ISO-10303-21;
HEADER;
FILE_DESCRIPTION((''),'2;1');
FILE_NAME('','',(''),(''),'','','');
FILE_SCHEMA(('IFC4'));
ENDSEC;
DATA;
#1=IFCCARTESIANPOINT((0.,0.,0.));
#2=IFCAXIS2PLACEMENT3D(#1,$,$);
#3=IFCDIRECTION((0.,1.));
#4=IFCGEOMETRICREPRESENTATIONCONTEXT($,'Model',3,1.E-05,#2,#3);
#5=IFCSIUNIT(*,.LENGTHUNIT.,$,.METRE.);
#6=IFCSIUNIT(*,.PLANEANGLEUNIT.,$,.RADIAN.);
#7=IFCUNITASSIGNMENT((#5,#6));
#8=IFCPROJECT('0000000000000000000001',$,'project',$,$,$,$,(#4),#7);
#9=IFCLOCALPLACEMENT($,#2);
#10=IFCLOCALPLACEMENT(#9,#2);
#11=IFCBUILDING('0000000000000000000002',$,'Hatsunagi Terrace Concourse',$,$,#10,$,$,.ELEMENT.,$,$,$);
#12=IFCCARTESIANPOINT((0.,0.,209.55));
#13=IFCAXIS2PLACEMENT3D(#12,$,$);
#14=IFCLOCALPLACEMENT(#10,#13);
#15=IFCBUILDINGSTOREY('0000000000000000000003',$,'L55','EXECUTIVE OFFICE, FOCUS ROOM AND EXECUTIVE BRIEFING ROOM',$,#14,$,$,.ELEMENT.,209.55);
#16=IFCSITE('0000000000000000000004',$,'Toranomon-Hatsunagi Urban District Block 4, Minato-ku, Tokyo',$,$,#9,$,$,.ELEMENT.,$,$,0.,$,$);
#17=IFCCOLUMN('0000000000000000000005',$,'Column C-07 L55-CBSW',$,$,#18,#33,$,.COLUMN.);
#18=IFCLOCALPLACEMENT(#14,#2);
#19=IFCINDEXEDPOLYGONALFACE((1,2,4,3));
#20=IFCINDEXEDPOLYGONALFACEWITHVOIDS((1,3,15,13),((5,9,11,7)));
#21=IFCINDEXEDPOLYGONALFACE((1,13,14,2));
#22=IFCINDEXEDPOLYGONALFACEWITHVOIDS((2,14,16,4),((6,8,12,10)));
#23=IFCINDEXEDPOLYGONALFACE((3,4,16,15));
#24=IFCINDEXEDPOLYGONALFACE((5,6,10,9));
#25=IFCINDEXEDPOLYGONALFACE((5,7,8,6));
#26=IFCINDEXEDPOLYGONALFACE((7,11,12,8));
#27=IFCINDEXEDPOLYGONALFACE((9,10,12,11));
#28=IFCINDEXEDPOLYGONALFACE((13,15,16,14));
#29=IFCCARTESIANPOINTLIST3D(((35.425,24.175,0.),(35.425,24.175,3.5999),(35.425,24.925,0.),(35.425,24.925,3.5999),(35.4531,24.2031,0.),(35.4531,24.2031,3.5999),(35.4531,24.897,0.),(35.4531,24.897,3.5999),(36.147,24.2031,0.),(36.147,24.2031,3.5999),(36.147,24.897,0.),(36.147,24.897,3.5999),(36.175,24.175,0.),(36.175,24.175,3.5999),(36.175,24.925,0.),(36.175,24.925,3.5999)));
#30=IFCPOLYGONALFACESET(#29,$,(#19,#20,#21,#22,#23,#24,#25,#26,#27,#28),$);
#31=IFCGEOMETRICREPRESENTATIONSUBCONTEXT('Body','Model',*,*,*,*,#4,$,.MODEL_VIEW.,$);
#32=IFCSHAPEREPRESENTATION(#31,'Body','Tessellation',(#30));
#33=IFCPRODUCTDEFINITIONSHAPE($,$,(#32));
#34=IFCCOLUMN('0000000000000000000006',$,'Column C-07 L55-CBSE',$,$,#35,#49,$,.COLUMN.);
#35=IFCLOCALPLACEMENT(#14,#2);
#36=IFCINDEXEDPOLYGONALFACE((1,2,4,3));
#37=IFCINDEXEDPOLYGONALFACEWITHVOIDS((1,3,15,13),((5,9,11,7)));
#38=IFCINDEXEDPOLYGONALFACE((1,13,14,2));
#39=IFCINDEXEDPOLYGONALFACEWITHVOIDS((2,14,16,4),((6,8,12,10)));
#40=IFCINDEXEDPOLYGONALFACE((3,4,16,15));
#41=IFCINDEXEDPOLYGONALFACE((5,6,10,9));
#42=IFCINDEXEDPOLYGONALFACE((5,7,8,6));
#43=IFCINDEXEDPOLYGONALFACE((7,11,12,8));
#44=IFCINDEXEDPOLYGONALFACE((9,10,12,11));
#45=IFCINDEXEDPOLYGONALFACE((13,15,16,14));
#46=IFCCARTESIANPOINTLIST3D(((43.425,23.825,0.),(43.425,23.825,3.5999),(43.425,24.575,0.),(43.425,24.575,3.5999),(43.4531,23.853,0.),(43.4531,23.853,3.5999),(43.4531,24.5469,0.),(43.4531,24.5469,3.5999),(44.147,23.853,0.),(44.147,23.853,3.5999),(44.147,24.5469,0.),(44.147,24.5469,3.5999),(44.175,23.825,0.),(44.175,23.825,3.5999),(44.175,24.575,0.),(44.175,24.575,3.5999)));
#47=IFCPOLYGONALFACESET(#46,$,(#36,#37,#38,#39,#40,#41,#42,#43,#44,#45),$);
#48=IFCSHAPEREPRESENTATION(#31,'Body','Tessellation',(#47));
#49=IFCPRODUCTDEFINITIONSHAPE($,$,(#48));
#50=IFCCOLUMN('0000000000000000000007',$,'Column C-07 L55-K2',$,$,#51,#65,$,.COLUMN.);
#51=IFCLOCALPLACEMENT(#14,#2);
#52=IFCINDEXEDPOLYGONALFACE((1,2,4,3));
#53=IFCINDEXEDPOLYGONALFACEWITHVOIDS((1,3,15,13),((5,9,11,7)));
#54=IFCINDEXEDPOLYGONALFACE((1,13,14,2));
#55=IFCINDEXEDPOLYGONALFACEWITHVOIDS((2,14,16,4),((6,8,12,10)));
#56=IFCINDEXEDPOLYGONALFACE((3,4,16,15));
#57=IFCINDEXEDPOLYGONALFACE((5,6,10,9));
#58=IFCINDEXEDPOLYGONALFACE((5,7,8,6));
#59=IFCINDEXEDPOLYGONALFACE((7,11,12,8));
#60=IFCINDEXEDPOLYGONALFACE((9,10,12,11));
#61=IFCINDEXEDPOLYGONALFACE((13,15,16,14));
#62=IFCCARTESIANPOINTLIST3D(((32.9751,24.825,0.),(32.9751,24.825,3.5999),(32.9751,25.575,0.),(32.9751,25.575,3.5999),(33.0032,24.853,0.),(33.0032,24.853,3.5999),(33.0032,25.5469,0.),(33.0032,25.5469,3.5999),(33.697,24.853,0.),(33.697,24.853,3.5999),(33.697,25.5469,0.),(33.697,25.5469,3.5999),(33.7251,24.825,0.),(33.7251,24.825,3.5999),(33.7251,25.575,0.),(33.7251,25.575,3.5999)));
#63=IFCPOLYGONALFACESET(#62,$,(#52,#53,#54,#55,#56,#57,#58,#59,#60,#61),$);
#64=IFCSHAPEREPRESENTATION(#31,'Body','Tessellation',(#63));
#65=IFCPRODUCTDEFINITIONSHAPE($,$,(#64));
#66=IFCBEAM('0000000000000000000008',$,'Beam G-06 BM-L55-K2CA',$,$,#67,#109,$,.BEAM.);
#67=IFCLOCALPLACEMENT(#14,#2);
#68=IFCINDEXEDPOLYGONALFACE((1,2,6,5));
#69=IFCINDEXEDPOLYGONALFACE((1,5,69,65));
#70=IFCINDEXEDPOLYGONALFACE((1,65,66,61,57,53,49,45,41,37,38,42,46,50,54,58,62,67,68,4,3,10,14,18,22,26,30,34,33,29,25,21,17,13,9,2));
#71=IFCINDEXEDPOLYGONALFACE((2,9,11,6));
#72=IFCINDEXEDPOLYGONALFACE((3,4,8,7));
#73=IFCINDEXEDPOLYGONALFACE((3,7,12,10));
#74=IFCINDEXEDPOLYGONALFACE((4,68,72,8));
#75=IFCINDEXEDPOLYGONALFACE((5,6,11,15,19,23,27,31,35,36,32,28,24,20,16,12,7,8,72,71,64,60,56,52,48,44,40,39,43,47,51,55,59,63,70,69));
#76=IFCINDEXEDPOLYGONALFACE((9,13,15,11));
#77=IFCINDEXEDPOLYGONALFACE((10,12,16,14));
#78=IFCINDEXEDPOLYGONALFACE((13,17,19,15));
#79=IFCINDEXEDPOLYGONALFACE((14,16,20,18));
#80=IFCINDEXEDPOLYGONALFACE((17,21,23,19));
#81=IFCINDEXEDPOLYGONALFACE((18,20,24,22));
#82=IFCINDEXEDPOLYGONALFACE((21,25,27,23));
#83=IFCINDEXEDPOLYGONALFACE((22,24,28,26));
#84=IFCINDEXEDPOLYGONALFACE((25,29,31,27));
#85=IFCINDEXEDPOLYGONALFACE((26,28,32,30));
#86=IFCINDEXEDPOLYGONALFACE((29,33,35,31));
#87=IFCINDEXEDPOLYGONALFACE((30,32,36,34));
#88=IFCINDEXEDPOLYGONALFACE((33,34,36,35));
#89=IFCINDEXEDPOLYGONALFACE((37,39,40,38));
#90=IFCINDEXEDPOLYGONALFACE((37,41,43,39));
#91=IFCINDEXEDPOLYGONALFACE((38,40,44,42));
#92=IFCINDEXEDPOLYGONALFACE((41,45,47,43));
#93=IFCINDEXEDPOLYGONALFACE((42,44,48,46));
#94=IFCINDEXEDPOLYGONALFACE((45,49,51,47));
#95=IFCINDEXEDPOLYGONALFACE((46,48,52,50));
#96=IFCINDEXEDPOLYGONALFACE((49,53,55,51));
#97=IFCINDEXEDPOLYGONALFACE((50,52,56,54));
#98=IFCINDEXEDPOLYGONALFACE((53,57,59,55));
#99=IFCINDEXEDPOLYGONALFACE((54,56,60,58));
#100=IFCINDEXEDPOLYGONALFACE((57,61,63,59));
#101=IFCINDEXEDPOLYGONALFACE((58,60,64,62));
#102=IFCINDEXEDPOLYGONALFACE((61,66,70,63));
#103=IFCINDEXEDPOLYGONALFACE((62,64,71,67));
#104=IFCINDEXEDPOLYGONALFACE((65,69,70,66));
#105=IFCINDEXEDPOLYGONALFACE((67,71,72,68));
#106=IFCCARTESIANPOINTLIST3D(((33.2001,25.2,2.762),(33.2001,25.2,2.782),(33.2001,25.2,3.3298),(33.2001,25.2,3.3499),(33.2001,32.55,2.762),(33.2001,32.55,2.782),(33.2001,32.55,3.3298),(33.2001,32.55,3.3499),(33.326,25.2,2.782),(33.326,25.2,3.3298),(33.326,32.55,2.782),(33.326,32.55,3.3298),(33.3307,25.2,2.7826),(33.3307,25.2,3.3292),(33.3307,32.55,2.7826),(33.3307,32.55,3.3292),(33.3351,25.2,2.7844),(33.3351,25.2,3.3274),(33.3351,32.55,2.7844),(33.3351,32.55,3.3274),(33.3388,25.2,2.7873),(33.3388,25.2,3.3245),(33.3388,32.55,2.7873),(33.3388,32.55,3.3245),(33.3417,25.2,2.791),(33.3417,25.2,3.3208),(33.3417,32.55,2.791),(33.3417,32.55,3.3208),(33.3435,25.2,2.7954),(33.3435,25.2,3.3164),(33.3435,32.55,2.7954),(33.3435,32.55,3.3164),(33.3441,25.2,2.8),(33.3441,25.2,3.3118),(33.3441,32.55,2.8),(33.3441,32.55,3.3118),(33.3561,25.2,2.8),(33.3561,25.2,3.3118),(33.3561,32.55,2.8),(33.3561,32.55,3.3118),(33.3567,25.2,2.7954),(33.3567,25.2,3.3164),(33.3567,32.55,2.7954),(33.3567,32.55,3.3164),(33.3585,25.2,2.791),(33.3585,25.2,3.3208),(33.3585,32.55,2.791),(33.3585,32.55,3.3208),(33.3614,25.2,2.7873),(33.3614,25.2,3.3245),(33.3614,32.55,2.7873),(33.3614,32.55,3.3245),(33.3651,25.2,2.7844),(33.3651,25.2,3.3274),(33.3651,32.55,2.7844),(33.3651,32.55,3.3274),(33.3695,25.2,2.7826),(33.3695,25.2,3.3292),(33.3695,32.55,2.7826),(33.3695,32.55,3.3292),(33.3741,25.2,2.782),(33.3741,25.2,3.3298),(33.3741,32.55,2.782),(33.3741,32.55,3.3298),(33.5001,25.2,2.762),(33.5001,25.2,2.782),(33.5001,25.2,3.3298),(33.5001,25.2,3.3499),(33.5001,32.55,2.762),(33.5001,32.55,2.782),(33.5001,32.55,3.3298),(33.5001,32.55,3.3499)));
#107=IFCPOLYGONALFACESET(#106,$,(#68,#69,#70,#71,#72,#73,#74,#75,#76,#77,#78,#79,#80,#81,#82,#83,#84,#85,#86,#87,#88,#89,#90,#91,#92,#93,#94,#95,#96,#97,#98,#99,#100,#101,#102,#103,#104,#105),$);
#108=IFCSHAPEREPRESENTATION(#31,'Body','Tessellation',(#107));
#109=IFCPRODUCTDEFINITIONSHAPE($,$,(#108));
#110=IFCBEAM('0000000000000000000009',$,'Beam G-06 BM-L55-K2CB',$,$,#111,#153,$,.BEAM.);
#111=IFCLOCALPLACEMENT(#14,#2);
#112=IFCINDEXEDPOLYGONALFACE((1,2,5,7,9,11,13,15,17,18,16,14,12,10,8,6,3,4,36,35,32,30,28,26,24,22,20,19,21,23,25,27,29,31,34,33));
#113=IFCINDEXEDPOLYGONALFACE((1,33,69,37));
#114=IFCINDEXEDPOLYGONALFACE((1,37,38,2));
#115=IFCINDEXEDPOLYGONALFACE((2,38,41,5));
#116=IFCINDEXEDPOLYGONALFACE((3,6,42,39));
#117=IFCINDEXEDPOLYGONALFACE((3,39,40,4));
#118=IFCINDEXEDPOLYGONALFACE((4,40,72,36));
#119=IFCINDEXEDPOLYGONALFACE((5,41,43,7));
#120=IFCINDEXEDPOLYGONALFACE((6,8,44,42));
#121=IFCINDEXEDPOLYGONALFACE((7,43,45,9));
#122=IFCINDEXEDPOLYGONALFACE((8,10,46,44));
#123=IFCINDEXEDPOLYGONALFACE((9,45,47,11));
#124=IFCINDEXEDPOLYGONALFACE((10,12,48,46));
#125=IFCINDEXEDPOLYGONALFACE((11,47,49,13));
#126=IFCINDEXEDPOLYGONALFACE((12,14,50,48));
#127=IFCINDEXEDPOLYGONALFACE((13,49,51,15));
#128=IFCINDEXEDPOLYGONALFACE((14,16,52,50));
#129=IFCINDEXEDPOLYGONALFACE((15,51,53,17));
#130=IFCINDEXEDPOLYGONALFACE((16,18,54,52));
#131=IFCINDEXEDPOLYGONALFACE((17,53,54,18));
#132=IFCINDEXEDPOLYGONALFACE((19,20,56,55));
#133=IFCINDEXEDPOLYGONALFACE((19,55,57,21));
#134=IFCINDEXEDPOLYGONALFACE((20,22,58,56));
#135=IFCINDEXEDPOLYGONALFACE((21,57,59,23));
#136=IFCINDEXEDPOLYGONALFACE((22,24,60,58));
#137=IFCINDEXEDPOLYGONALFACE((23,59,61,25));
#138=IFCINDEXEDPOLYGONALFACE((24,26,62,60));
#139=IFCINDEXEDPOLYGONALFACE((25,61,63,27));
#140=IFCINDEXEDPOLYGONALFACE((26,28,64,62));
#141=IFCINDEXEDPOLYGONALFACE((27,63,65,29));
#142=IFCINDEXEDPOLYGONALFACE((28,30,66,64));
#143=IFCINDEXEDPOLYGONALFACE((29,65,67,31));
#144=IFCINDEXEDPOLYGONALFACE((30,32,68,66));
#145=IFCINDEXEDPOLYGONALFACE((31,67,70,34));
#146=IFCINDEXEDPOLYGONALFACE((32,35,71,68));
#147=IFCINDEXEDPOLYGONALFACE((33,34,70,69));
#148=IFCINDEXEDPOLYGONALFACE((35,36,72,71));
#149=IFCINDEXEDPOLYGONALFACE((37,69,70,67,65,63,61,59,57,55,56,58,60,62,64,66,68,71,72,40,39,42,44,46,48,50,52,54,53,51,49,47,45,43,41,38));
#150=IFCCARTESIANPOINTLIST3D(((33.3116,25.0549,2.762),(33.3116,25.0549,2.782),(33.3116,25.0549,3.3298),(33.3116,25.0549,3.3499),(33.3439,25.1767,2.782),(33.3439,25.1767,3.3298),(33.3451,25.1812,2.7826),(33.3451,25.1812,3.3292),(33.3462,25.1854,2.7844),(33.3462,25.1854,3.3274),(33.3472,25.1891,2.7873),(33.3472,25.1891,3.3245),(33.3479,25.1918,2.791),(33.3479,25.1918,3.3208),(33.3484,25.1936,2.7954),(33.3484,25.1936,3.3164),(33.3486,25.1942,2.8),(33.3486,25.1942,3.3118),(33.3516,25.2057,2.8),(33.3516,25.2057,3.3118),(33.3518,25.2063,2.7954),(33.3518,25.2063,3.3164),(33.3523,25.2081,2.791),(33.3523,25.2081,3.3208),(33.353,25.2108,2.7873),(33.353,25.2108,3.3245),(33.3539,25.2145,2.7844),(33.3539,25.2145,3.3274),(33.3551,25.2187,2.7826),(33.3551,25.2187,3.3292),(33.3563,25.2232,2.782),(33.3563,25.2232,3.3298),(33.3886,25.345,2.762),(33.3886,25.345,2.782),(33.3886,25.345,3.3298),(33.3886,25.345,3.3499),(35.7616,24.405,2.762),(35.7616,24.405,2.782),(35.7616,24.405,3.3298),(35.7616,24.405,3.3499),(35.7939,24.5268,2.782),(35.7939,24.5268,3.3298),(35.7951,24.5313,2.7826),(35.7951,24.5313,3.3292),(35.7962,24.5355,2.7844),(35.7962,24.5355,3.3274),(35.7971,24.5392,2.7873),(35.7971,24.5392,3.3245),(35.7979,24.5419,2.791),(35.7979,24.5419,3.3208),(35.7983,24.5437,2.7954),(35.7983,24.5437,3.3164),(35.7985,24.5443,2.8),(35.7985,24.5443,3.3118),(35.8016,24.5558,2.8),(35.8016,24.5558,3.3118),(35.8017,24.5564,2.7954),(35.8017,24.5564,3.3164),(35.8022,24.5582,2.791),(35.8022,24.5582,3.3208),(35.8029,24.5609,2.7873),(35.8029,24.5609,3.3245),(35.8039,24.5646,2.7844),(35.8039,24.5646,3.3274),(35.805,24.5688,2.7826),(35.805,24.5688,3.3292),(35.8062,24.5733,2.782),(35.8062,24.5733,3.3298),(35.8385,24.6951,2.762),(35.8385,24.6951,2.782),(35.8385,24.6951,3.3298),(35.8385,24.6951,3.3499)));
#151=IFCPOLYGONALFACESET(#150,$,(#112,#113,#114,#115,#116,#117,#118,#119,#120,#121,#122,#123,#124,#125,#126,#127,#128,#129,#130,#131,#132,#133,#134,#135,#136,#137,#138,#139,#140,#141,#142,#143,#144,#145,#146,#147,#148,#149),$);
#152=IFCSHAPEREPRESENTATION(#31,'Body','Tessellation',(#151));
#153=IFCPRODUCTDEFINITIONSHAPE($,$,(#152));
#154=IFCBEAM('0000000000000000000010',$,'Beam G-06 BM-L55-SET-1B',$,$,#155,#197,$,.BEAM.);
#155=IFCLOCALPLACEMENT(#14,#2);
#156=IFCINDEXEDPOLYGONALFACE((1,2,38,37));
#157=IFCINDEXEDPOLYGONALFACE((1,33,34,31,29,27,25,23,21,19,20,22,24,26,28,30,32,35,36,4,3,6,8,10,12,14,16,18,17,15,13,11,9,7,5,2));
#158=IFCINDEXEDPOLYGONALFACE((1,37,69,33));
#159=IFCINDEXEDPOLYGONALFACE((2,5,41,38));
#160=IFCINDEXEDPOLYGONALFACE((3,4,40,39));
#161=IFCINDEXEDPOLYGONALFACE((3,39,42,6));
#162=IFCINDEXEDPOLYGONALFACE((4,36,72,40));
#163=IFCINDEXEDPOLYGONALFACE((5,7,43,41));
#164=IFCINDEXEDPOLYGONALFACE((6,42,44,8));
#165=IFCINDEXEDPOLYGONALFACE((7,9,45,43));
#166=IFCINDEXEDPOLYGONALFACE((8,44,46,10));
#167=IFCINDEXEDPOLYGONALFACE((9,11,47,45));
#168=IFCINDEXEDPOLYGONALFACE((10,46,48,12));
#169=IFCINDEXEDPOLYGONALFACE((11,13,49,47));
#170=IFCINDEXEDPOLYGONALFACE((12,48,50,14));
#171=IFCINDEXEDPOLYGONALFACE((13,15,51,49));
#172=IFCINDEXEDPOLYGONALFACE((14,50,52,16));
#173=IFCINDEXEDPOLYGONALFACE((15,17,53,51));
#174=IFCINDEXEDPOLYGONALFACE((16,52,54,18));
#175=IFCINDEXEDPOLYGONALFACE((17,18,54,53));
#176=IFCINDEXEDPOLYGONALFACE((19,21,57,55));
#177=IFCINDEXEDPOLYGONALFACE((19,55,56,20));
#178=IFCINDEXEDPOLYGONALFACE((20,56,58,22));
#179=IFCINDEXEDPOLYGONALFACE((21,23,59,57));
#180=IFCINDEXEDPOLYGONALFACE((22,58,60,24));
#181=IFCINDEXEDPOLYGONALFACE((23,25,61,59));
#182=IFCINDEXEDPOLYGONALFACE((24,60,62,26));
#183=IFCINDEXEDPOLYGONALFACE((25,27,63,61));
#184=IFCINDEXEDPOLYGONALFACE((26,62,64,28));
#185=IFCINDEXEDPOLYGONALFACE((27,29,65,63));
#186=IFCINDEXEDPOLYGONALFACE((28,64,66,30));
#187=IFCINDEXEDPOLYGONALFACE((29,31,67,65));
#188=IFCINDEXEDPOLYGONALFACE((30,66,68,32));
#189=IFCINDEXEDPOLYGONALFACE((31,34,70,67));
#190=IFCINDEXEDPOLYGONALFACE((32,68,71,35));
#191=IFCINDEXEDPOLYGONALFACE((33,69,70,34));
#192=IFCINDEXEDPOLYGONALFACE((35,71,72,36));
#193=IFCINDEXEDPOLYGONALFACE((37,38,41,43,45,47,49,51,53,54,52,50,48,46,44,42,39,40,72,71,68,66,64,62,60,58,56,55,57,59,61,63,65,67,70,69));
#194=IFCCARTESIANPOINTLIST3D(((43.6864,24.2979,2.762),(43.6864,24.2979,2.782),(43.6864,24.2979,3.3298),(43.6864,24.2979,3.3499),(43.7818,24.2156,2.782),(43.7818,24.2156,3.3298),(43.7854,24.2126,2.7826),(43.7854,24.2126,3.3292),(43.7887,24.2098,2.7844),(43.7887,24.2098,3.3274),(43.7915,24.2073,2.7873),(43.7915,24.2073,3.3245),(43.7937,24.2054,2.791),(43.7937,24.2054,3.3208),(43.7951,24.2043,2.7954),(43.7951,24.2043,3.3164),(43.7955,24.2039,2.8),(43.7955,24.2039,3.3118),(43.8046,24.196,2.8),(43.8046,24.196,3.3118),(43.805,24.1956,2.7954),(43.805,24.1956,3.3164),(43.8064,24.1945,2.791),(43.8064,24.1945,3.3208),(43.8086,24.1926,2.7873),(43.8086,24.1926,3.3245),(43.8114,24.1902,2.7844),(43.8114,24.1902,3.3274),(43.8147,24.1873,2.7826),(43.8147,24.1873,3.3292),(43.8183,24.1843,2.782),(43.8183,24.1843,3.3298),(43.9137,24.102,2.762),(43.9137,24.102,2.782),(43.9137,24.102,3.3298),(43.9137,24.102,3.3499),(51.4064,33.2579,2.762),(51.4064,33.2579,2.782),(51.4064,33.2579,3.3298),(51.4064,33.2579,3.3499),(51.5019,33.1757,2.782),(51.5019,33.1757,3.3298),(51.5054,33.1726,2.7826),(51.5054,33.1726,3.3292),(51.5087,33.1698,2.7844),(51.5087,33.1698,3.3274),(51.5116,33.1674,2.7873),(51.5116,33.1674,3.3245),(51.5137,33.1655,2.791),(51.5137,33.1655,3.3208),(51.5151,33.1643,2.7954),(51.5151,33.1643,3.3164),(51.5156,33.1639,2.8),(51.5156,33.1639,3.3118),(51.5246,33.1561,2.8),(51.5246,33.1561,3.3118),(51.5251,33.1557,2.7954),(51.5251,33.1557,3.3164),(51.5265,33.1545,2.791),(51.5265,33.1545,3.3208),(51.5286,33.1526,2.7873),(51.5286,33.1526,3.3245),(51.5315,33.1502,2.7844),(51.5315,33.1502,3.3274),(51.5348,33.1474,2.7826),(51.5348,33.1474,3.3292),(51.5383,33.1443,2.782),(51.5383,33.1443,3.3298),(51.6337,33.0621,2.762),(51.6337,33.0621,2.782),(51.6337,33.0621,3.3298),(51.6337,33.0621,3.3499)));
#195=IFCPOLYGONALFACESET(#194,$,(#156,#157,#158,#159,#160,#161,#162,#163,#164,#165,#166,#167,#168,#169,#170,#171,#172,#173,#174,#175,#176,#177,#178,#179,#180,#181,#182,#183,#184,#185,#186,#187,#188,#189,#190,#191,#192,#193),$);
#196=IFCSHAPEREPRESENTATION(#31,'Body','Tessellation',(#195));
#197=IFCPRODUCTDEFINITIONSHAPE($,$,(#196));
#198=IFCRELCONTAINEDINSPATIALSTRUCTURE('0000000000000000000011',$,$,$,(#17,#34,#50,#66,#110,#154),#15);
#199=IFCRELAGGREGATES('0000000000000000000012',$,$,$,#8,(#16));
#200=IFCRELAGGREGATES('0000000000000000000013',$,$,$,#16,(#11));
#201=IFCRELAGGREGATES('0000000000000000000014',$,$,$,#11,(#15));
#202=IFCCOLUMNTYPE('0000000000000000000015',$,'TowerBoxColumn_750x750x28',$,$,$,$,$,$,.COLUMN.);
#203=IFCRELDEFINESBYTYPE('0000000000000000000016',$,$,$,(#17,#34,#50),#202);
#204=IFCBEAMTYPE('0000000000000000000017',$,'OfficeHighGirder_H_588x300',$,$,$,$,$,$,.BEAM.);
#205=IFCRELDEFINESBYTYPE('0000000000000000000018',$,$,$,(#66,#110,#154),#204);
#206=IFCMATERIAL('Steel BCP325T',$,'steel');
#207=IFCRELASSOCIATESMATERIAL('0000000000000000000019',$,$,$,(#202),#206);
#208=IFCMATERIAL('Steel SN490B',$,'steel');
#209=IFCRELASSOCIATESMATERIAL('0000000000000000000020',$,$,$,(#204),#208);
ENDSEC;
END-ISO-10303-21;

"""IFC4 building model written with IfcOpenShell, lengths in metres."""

from ifc_helpers import new_model, si_unit, direction, frame, origin, origin_2d, place, context, subcontext, project, spatial, hollow_rectangle, i_section, extrude, material, material_profile, profile_set, type_object, element, save


model = new_model("IFC4")

# Units and contexts
model_context = context("Model", 3, precision=1e-05, world=origin(), true_north=direction((0.0, 1.0)))
body_context = subcontext(model_context, "Body", "Model", "MODEL_VIEW")
ifc_project = project(units=[si_unit("LENGTHUNIT", "METRE"), si_unit("PLANEANGLEUNIT", "RADIAN")], contexts=[model_context])

# Site, building, storey
site_placement = place(None, origin())
site = spatial("IfcSite", under=ifc_project, at=site_placement, Name="Toranomon-Hatsunagi Urban District Block 4, Minato-ku, Tokyo", CompositionType="ELEMENT", RefElevation=0.0)
building_placement = place(site_placement, origin())
building = spatial("IfcBuilding", under=site, at=building_placement, Name="Hatsunagi Terrace Concourse", CompositionType="ELEMENT")
storey_placement = place(building_placement, frame((0.0, 0.0, 209.55)))
storey = spatial("IfcBuildingStorey", under=building, at=storey_placement, Name="L55", Description="EXECUTIVE OFFICE, FOCUS ROOM AND EXECUTIVE BRIEFING ROOM", CompositionType="ELEMENT", Elevation=209.55)

# Columns
ifc_material_1 = material(Name="Steel BCP325T", Category="steel")
ifc_material_profile_1 = material_profile(ifc_material_1, hollow_rectangle(XDim=0.75, YDim=0.75, WallThickness=0.0281, at=origin_2d()), Name="BCP-750x750x28")
ifc_profile_set_1 = profile_set([ifc_material_profile_1], Name="Steel BCP325T")
column_type = type_object("IfcColumnType", Name="TowerBoxColumn_750x750x28", PredefinedType="COLUMN", material=ifc_profile_set_1)
for number, where, z_axis, x_axis, name in (
    (1, (35.8, 24.55, 0.0), (0.0, 0.0, 1.0), (1.0, 0.0, 0.0), "Column C-07 L55-CBSW"),
    (2, (43.8, 24.2, 0.0), (0.0, 0.0, 1.0), (1.0, 0.0, 0.0), "Column C-07 L55-CBSE"),
    (3, (33.3501, 25.2, 0.0), (0.0, 0.0, 1.0), (1.0, 0.0, 0.0), "Column C-07 L55-K2"),
):
    element("IfcColumn", number, at=place(storey_placement, frame(where, z_axis=z_axis, x_axis=x_axis)), inside=storey, type_object=column_type, Name=name, PredefinedType="COLUMN", context=body_context, shape_type="SweptSolid", body=[
        extrude(hollow_rectangle(XDim=0.75, YDim=0.75, WallThickness=0.0281, at=origin_2d()), origin(), (0.0, 0.0, 1.0), 3.5999),
    ])

# Beams
ifc_material_2 = material(Name="Steel SN490B", Category="steel")
ifc_material_profile_2 = material_profile(ifc_material_2, i_section(OverallWidth=0.3, OverallDepth=0.5879, WebThickness=0.012, FlangeThickness=0.02, FilletRadius=0.0181, at=origin_2d()), Name="H-588x300x12x20")
ifc_profile_set_2 = profile_set([ifc_material_profile_2], Name="Steel SN490B")
beam_type_1 = type_object("IfcBeamType", Name="OfficeHighGirder_H_588x300", PredefinedType="BEAM", material=ifc_profile_set_2)
beam_1_placement = place(storey_placement, frame((33.3501, 25.2, 3.0559), z_axis=(0.0, 1.0, 0.0), x_axis=(-1.0, 0.0, 0.0)))
element("IfcBeam", 4, at=beam_1_placement, inside=storey, type_object=beam_type_1, Name="Beam G-06 BM-L55-K2CA", PredefinedType="BEAM", context=body_context, shape_type="SweptSolid", body=[
    extrude(i_section(OverallWidth=0.3, OverallDepth=0.5879, WebThickness=0.012, FlangeThickness=0.02, FilletRadius=0.0181, at=origin_2d()), origin(), (0.0, 0.0, 1.0), 7.3501),
])
beam_2_placement = place(storey_placement, frame((33.3501, 25.2, 3.0559), z_axis=(0.96657, -0.256403, 0.0), x_axis=(0.256403, 0.96657, 0.0)))
element("IfcBeam", 5, at=beam_2_placement, inside=storey, type_object=beam_type_1, Name="Beam G-06 BM-L55-K2CB", PredefinedType="BEAM", context=body_context, shape_type="SweptSolid", body=[
    extrude(i_section(OverallWidth=0.3, OverallDepth=0.5879, WebThickness=0.012, FlangeThickness=0.02, FilletRadius=0.0181, at=origin_2d()), origin(), (0.0, 0.0, 1.0), 2.5347),
])
beam_3_placement = place(storey_placement, frame((43.8, 24.2, 3.0559), z_axis=(0.652739, 0.757583, 0.0), x_axis=(-0.757583, 0.652739, 0.0)))
element("IfcBeam", 6, at=beam_3_placement, inside=storey, type_object=beam_type_1, Name="Beam G-06 BM-L55-SET-1B", PredefinedType="BEAM", context=body_context, shape_type="SweptSolid", body=[
    extrude(i_section(OverallWidth=0.3, OverallDepth=0.5879, WebThickness=0.012, FlangeThickness=0.02, FilletRadius=0.0181, at=origin_2d()), origin(), (0.0, 0.0, 1.0), 11.8271),
])

save(model, "model.ifc")
